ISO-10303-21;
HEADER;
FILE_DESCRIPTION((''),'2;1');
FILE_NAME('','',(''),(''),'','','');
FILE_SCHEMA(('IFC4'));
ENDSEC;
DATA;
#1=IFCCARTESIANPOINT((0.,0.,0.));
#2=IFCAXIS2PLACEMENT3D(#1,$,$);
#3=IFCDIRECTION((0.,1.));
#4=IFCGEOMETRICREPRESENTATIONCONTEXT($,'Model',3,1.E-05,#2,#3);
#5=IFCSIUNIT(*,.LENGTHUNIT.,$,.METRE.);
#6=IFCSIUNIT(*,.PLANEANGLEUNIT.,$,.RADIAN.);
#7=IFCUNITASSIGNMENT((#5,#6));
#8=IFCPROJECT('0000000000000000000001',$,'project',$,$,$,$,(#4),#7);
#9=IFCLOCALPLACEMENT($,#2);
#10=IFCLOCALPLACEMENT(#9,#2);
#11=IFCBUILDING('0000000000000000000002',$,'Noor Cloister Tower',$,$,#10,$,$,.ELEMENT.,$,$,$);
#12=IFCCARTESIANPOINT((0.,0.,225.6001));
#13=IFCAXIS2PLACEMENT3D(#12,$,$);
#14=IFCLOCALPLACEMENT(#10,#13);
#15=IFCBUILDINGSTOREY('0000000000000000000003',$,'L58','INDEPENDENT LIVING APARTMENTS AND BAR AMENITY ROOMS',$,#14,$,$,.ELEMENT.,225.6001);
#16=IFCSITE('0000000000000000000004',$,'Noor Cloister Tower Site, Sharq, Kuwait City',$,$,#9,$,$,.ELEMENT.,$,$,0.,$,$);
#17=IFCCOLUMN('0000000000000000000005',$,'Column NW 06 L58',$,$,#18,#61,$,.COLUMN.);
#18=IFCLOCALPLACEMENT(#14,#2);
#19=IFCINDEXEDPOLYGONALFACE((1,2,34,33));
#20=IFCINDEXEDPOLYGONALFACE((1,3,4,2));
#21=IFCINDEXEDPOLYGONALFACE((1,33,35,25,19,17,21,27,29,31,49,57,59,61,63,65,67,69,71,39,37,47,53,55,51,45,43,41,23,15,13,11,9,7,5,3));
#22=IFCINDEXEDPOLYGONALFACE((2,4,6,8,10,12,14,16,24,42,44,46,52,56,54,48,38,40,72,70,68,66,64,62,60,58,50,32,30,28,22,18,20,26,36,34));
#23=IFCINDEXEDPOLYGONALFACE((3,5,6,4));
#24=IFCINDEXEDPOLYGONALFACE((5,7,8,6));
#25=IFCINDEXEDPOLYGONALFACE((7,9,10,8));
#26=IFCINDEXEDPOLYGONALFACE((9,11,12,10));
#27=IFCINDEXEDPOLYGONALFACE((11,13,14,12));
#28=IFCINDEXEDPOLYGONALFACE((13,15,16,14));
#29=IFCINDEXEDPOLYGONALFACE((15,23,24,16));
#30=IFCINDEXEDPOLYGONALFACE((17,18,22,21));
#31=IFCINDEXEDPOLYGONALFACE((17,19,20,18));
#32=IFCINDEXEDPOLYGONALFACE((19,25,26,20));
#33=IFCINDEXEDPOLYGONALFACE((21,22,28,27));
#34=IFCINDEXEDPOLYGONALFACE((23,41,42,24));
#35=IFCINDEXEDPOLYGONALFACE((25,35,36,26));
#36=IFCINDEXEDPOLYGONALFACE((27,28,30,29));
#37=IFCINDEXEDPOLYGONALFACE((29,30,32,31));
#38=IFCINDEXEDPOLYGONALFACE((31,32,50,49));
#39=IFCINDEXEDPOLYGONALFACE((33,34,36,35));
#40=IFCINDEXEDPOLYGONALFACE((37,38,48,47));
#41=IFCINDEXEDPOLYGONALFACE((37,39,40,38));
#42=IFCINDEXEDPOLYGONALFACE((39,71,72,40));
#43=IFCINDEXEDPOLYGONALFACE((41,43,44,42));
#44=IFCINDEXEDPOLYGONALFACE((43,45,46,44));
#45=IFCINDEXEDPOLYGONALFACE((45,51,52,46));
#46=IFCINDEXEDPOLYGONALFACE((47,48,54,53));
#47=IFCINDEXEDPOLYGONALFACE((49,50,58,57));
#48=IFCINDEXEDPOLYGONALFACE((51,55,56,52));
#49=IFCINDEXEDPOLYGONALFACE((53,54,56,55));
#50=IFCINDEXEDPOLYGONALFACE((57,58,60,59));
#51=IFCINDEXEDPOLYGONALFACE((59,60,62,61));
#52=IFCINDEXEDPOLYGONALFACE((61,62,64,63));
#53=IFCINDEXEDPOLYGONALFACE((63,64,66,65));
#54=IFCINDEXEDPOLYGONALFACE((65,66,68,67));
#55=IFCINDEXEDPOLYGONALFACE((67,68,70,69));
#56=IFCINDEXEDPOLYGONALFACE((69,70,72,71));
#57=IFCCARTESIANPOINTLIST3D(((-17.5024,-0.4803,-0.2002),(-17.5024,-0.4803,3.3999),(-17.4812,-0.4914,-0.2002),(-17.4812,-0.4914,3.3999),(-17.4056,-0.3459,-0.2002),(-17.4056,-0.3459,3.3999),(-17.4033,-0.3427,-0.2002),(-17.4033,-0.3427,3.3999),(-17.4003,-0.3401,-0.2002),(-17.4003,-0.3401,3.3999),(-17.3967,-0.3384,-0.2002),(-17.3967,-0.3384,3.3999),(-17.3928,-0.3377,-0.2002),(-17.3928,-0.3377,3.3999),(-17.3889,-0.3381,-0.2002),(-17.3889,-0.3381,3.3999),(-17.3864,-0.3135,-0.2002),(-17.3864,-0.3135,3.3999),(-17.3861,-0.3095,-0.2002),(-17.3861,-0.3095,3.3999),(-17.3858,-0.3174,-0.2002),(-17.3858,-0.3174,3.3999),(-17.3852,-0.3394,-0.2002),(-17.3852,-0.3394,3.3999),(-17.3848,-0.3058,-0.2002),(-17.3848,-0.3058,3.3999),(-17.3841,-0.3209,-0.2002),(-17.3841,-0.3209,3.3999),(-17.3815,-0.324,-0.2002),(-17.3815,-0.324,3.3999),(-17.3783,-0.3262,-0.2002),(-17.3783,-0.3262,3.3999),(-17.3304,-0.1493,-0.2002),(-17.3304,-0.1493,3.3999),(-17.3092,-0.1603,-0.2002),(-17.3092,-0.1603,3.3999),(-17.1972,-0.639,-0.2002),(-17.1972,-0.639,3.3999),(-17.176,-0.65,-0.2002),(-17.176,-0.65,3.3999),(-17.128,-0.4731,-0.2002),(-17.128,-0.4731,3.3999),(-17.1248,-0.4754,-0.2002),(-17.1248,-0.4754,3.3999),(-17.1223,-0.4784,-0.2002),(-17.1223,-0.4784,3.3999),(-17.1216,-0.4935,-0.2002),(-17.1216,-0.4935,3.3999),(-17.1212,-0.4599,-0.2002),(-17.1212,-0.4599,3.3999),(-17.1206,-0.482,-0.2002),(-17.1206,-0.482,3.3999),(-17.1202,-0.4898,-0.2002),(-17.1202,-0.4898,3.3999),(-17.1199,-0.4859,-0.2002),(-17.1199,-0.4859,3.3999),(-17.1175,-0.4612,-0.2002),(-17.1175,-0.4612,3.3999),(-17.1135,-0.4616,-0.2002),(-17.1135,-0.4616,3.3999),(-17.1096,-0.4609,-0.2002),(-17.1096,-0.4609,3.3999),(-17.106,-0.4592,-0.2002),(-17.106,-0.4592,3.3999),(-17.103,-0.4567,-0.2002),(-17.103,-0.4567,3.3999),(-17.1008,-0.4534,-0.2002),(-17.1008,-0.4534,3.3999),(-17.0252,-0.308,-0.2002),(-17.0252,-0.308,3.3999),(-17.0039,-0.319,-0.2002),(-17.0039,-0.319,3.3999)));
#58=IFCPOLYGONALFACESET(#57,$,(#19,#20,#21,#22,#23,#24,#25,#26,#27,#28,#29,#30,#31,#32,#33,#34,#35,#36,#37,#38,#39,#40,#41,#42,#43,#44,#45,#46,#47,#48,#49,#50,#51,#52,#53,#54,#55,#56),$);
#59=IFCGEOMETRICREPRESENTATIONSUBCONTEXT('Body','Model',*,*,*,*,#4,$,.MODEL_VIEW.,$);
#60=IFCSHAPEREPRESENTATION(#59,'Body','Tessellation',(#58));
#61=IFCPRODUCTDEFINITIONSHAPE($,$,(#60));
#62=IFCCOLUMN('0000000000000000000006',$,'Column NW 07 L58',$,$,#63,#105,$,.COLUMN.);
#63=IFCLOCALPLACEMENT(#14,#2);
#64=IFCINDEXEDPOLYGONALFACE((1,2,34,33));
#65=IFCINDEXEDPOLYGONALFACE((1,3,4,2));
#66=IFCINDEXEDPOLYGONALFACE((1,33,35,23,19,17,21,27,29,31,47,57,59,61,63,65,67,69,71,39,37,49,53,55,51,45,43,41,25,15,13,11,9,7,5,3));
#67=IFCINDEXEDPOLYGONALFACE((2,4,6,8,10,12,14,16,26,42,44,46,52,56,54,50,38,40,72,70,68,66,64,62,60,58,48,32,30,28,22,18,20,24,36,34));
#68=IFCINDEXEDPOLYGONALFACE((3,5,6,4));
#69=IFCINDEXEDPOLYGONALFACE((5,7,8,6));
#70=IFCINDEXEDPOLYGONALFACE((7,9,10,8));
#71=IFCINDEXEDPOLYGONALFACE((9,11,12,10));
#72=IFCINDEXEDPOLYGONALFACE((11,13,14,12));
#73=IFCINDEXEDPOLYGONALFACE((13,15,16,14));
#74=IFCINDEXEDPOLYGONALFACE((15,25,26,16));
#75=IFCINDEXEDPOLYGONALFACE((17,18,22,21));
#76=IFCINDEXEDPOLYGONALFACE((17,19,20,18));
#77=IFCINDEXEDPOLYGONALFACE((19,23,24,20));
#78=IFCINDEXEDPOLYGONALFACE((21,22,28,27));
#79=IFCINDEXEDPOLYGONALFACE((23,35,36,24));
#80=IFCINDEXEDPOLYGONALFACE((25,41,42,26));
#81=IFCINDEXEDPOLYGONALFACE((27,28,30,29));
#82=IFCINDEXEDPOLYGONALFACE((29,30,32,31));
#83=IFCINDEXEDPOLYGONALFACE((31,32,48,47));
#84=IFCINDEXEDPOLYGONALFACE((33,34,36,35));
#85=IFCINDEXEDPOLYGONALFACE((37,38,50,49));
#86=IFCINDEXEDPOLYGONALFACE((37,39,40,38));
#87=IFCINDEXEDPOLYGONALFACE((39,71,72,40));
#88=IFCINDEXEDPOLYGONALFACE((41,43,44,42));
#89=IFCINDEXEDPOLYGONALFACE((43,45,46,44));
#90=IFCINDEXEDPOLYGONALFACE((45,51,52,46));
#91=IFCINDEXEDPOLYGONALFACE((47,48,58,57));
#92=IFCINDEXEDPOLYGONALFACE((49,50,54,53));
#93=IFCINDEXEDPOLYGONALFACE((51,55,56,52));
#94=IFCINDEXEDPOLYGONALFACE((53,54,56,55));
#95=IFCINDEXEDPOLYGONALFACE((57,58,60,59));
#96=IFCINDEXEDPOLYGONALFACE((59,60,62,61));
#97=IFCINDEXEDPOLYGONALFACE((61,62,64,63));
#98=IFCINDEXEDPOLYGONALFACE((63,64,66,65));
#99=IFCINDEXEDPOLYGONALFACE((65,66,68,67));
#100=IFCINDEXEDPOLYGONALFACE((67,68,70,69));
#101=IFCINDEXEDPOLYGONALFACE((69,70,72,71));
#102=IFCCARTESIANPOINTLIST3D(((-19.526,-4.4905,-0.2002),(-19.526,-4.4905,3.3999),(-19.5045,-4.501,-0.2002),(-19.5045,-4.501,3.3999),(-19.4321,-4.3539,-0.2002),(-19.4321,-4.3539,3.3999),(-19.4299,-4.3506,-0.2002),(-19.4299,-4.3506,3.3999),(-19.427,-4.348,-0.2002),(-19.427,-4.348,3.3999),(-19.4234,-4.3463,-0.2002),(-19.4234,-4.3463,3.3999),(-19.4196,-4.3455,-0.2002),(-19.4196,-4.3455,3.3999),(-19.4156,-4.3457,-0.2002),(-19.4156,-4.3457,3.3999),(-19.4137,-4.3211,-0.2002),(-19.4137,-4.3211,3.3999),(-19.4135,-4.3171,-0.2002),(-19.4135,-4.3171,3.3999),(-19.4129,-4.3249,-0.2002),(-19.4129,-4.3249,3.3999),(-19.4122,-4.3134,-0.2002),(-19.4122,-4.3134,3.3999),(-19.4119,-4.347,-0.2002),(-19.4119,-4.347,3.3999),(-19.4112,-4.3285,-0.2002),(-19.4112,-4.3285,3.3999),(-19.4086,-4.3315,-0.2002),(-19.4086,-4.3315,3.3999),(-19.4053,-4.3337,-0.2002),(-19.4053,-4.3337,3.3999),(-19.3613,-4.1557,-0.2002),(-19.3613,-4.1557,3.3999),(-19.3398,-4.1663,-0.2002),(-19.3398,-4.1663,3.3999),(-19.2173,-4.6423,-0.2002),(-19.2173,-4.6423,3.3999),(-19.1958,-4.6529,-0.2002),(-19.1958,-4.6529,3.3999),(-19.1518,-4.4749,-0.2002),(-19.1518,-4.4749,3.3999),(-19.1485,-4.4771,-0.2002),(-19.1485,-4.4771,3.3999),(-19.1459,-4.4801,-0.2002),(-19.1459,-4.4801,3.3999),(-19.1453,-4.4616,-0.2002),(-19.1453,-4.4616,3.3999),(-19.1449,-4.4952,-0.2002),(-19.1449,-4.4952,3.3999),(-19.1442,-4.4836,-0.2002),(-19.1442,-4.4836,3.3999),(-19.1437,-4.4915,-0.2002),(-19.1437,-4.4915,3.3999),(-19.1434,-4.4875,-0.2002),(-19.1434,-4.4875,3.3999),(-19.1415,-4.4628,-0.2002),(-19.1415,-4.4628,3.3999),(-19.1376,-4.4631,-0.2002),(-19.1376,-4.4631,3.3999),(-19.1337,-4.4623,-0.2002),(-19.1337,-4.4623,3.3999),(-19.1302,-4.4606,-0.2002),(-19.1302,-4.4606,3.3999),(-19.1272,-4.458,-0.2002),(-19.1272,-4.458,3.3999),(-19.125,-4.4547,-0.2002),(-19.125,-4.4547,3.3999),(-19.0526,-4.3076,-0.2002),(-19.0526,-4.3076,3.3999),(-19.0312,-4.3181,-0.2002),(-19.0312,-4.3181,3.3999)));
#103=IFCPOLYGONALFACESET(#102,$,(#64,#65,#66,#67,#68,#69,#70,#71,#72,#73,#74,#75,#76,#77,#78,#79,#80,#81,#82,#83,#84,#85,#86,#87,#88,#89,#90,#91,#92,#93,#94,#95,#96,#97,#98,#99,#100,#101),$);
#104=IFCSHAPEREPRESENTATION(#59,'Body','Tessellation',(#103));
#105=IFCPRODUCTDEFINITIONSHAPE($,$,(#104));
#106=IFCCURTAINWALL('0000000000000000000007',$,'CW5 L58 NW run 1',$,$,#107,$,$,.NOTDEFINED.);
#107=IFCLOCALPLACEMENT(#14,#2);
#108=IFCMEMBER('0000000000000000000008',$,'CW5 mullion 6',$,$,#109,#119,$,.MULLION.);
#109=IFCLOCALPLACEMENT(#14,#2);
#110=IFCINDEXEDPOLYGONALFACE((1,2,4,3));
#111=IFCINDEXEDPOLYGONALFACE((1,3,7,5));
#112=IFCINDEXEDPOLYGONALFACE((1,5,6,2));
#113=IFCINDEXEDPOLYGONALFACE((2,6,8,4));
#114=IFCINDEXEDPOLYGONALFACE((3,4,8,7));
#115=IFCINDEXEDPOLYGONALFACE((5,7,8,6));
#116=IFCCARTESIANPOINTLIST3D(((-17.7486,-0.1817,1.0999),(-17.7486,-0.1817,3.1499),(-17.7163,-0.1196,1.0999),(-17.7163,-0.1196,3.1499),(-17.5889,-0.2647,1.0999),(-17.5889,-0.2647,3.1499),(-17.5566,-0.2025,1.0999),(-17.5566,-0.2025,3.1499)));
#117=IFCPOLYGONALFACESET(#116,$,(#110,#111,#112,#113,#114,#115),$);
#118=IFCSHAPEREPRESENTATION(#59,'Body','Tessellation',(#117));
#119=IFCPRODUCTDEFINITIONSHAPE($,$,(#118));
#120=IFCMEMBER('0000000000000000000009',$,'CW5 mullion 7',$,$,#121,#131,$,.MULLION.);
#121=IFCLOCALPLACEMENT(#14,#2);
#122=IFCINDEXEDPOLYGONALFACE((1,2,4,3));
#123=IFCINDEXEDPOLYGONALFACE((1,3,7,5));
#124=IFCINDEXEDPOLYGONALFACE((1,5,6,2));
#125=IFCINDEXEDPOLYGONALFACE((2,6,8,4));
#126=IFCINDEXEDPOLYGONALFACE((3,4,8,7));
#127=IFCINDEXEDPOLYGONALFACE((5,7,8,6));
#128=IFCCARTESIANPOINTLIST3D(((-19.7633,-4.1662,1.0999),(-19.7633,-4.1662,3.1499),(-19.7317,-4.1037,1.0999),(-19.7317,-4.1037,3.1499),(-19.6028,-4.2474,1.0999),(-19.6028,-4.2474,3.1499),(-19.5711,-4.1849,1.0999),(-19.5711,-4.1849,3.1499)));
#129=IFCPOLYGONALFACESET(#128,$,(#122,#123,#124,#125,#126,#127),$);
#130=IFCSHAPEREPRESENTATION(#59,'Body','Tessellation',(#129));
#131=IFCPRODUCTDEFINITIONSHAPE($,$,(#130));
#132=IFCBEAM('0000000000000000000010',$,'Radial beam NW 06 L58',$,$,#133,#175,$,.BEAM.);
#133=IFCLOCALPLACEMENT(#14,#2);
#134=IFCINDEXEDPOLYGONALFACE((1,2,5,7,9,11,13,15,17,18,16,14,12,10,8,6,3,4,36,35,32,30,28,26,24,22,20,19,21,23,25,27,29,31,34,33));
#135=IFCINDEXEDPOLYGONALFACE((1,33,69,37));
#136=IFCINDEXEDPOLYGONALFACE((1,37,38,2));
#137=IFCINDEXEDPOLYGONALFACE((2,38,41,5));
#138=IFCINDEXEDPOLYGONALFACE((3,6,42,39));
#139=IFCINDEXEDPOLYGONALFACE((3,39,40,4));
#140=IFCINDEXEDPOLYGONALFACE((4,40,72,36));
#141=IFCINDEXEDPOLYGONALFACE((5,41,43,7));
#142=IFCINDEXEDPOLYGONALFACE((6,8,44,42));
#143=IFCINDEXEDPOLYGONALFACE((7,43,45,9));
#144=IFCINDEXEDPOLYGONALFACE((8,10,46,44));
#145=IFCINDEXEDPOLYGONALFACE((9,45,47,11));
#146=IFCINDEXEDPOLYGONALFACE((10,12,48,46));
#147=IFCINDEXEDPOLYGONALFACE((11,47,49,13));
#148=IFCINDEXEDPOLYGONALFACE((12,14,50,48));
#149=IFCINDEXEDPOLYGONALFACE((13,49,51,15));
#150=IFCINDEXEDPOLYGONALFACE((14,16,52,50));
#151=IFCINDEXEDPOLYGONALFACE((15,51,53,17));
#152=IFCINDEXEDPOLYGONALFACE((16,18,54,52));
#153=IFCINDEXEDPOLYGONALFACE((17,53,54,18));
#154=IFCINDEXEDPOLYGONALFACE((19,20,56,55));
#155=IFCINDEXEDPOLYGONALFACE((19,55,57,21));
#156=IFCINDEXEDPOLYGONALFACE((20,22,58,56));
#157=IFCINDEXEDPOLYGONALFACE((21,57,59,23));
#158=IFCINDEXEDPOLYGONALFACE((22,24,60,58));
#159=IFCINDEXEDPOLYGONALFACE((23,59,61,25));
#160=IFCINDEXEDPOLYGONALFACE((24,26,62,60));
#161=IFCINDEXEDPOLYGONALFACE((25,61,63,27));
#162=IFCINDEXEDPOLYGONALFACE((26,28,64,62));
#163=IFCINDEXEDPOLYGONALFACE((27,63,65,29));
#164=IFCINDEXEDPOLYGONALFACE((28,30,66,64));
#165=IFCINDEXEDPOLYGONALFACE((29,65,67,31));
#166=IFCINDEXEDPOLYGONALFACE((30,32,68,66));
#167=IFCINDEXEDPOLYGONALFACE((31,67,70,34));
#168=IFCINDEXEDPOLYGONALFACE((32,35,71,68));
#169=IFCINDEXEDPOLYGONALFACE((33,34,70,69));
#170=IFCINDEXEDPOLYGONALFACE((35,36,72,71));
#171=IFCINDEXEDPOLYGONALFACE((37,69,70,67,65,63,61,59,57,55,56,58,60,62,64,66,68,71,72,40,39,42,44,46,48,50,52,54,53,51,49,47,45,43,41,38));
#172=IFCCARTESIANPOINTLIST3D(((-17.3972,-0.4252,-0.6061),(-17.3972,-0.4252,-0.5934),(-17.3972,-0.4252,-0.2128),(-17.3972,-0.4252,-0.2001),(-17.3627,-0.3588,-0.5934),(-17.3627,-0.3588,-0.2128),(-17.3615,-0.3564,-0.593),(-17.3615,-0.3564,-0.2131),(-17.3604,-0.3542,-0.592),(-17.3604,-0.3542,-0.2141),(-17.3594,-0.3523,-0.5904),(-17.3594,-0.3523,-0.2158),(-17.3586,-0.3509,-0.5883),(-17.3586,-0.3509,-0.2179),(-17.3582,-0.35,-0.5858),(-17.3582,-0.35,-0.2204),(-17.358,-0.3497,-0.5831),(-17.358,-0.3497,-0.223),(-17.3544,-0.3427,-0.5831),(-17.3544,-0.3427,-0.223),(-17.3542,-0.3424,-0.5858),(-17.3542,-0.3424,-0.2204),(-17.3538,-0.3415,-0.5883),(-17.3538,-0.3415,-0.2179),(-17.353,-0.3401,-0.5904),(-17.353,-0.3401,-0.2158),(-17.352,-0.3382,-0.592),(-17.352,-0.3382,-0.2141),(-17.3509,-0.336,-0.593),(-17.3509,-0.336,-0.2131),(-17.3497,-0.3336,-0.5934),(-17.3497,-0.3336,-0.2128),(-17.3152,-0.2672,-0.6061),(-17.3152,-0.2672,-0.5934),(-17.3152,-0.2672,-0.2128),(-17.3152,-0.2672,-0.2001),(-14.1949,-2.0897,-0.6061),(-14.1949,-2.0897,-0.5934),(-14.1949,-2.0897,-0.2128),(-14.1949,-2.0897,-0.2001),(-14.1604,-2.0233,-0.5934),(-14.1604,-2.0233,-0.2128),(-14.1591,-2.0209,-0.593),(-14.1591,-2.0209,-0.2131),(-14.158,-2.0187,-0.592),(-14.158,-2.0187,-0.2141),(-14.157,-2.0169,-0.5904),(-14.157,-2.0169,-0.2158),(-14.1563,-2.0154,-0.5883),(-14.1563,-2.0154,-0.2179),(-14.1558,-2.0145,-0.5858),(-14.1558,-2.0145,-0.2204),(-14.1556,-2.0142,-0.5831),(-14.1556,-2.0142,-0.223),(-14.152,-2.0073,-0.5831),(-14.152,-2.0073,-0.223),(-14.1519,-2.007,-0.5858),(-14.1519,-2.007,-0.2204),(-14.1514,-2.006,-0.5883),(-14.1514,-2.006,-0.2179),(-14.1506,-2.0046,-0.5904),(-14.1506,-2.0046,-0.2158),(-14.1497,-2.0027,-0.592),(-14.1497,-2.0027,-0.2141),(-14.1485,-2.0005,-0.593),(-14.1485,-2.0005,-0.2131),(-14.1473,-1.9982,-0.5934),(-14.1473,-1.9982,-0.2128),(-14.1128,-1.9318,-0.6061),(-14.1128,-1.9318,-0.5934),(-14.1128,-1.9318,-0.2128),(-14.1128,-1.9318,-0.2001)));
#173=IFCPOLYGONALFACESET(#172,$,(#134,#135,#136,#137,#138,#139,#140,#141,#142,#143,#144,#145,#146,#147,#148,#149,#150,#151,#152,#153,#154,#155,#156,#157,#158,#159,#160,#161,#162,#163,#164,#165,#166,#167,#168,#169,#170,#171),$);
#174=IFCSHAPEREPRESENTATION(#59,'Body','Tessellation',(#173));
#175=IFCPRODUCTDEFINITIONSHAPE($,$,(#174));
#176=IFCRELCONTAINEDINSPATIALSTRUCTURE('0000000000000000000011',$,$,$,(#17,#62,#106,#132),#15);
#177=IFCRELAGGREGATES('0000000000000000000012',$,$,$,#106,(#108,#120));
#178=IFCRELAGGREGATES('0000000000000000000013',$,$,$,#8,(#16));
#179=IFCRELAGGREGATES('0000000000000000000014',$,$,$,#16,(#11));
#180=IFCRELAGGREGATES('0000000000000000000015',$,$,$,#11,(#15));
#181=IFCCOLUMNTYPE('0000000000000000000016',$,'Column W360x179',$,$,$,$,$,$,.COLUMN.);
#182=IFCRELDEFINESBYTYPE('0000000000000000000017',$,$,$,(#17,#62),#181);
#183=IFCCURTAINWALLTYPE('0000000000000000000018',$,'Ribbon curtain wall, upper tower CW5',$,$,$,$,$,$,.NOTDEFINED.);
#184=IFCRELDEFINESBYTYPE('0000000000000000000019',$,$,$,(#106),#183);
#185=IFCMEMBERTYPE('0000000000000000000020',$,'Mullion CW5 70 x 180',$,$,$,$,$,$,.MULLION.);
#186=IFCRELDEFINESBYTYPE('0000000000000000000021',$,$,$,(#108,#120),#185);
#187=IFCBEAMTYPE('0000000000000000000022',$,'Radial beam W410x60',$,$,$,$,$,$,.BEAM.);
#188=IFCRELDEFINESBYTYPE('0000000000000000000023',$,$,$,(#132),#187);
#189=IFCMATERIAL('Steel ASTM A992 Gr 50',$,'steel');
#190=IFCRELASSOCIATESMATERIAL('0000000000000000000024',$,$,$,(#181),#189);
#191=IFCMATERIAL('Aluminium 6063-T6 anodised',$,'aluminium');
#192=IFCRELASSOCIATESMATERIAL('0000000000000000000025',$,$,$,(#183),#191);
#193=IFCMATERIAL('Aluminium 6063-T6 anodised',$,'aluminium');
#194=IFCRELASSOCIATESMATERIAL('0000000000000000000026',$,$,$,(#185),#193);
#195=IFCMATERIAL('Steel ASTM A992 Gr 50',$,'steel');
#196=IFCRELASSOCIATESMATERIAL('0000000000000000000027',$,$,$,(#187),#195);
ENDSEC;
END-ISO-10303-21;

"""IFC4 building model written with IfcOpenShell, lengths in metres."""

from ifc_helpers import new_model, si_unit, direction, frame, origin, origin_2d, place, context, subcontext, project, spatial, rectangle, i_section, extrude, material, material_profile, profile_set, type_object, element, aggregate, save


model = new_model("IFC4")

# Units and contexts
model_context = context("Model", 3, precision=1e-05, world=origin(), true_north=direction((0.0, 1.0)))
body_context = subcontext(model_context, "Body", "Model", "MODEL_VIEW")
ifc_project = project(units=[si_unit("LENGTHUNIT", "METRE"), si_unit("PLANEANGLEUNIT", "RADIAN")], contexts=[model_context])

# Site, building, storey
site_placement = place(None, origin())
site = spatial("IfcSite", under=ifc_project, at=site_placement, Name="Noor Cloister Tower Site, Sharq, Kuwait City", CompositionType="ELEMENT", RefElevation=0.0)
building_placement = place(site_placement, origin())
building = spatial("IfcBuilding", under=site, at=building_placement, Name="Noor Cloister Tower", CompositionType="ELEMENT")
storey_placement = place(building_placement, frame((0.0, 0.0, 225.6001)))
storey = spatial("IfcBuildingStorey", under=building, at=storey_placement, Name="L58", Description="INDEPENDENT LIVING APARTMENTS AND BAR AMENITY ROOMS", CompositionType="ELEMENT", Elevation=225.6001)

# Columns
ifc_material_1 = material(Name="Steel ASTM A992 Gr 50", Category="steel")
ifc_material_profile_1 = material_profile(ifc_material_1, i_section(OverallWidth=0.373, OverallDepth=0.3679, WebThickness=0.0149, FlangeThickness=0.0239, FilletRadius=0.0151, at=origin_2d()), Name="W360x179")
ifc_profile_set_1 = profile_set([ifc_material_profile_1], Name="Steel ASTM A992 Gr 50")
column_type = type_object("IfcColumnType", Name="Column W360x179", PredefinedType="COLUMN", material=ifc_profile_set_1)
for number, where, z_axis, x_axis, name in (
    (1, (-17.2532, -0.3997, -0.2002), (0.0, 0.0, 1.0), (-0.461186, -0.887303, 0.0), "Column NW 06 L58"),
    (2, (-19.2786, -4.4043, -0.2002), (0.0, 0.0, 1.0), (-0.441436, -0.897293, 0.0), "Column NW 07 L58"),
):
    element("IfcColumn", number, at=place(storey_placement, frame(where, z_axis=z_axis, x_axis=x_axis)), inside=storey, type_object=column_type, Name=name, PredefinedType="COLUMN", context=body_context, shape_type="SweptSolid", body=[
        extrude(i_section(OverallWidth=0.373, OverallDepth=0.3679, WebThickness=0.0149, FlangeThickness=0.0239, FilletRadius=0.0151, at=origin_2d()), origin(), (0.0, 0.0, 1.0), 3.6001),
    ])

# Curtain wall, members
ifc_material_2 = material(Name="Aluminium 6063-T6 anodised", Category="aluminium")
curtain_wall_type = type_object("IfcCurtainWallType", Name="Ribbon curtain wall, upper tower CW5", PredefinedType="NOTDEFINED", material=ifc_material_2)
curtain_wall_placement = place(storey_placement, origin())
curtain_wall = element("IfcCurtainWall", 3, at=curtain_wall_placement, inside=storey, type_object=curtain_wall_type, Name="CW5 L58 NW run 1", PredefinedType="NOTDEFINED")
ifc_material_3 = material(Name="Aluminium 6063-T6 anodised", Category="aluminium")
ifc_material_profile_2 = material_profile(ifc_material_3, rectangle(XDim=0.1799, YDim=0.0701, at=origin_2d()), Name="180 x 70 mullion")
ifc_profile_set_2 = profile_set([ifc_material_profile_2], Name="Aluminium 6063-T6 anodised")
member_type = type_object("IfcMemberType", Name="Mullion CW5 70 x 180", PredefinedType="MULLION", material=ifc_profile_set_2)
member_1_placement = place(storey_placement, frame((-17.6526, -0.1921, 1.0999), z_axis=(0.0, 0.0, 1.0), x_axis=(0.887303, -0.461186, 0.0)))
member_1 = element("IfcMember", 4, at=member_1_placement, type_object=member_type, Name="CW5 mullion 6", PredefinedType="MULLION", context=body_context, shape_type="SweptSolid", body=[
    extrude(rectangle(XDim=0.1799, YDim=0.0701, at=origin_2d()), origin(), (0.0, 0.0, 1.0), 2.05),
])
member_2_placement = place(storey_placement, frame((-19.6672, -4.1755, 1.0999), z_axis=(0.0, 0.0, 1.0), x_axis=(0.892353, -0.451339, 0.0)))
member_2 = element("IfcMember", 5, at=member_2_placement, type_object=member_type, Name="CW5 mullion 7", PredefinedType="MULLION", context=body_context, shape_type="SweptSolid", body=[
    extrude(rectangle(XDim=0.1799, YDim=0.0701, at=origin_2d()), origin(), (0.0, 0.0, 1.0), 2.05),
])

# Beam
ifc_material_4 = material(Name="Steel ASTM A992 Gr 50", Category="steel")
ifc_material_profile_3 = material_profile(ifc_material_4, i_section(OverallWidth=0.178, OverallDepth=0.406, WebThickness=0.0078, FlangeThickness=0.0127, FilletRadius=0.0103, at=origin_2d()), Name="W410x60")
ifc_profile_set_3 = profile_set([ifc_material_profile_3], Name="Steel ASTM A992 Gr 50")
beam_type_1 = type_object("IfcBeamType", Name="Radial beam W410x60", PredefinedType="BEAM", material=ifc_profile_set_3)
beam_1_placement = place(storey_placement, frame((-17.3562, -0.3462, -0.4031), z_axis=(0.887295, -0.461202, 0.0), x_axis=(0.461202, 0.887295, 0.0)))
element("IfcBeam", 6, at=beam_1_placement, inside=storey, type_object=beam_type_1, Name="Radial beam NW 06 L58", PredefinedType="BEAM", context=body_context, shape_type="SweptSolid", body=[
    extrude(i_section(OverallWidth=0.178, OverallDepth=0.406, WebThickness=0.0078, FlangeThickness=0.0127, FilletRadius=0.0103, at=origin_2d()), origin(), (0.0, 0.0, 1.0), 3.6091),
])

aggregate(curtain_wall, [member_1, member_2])

save(model, "model.ifc")
